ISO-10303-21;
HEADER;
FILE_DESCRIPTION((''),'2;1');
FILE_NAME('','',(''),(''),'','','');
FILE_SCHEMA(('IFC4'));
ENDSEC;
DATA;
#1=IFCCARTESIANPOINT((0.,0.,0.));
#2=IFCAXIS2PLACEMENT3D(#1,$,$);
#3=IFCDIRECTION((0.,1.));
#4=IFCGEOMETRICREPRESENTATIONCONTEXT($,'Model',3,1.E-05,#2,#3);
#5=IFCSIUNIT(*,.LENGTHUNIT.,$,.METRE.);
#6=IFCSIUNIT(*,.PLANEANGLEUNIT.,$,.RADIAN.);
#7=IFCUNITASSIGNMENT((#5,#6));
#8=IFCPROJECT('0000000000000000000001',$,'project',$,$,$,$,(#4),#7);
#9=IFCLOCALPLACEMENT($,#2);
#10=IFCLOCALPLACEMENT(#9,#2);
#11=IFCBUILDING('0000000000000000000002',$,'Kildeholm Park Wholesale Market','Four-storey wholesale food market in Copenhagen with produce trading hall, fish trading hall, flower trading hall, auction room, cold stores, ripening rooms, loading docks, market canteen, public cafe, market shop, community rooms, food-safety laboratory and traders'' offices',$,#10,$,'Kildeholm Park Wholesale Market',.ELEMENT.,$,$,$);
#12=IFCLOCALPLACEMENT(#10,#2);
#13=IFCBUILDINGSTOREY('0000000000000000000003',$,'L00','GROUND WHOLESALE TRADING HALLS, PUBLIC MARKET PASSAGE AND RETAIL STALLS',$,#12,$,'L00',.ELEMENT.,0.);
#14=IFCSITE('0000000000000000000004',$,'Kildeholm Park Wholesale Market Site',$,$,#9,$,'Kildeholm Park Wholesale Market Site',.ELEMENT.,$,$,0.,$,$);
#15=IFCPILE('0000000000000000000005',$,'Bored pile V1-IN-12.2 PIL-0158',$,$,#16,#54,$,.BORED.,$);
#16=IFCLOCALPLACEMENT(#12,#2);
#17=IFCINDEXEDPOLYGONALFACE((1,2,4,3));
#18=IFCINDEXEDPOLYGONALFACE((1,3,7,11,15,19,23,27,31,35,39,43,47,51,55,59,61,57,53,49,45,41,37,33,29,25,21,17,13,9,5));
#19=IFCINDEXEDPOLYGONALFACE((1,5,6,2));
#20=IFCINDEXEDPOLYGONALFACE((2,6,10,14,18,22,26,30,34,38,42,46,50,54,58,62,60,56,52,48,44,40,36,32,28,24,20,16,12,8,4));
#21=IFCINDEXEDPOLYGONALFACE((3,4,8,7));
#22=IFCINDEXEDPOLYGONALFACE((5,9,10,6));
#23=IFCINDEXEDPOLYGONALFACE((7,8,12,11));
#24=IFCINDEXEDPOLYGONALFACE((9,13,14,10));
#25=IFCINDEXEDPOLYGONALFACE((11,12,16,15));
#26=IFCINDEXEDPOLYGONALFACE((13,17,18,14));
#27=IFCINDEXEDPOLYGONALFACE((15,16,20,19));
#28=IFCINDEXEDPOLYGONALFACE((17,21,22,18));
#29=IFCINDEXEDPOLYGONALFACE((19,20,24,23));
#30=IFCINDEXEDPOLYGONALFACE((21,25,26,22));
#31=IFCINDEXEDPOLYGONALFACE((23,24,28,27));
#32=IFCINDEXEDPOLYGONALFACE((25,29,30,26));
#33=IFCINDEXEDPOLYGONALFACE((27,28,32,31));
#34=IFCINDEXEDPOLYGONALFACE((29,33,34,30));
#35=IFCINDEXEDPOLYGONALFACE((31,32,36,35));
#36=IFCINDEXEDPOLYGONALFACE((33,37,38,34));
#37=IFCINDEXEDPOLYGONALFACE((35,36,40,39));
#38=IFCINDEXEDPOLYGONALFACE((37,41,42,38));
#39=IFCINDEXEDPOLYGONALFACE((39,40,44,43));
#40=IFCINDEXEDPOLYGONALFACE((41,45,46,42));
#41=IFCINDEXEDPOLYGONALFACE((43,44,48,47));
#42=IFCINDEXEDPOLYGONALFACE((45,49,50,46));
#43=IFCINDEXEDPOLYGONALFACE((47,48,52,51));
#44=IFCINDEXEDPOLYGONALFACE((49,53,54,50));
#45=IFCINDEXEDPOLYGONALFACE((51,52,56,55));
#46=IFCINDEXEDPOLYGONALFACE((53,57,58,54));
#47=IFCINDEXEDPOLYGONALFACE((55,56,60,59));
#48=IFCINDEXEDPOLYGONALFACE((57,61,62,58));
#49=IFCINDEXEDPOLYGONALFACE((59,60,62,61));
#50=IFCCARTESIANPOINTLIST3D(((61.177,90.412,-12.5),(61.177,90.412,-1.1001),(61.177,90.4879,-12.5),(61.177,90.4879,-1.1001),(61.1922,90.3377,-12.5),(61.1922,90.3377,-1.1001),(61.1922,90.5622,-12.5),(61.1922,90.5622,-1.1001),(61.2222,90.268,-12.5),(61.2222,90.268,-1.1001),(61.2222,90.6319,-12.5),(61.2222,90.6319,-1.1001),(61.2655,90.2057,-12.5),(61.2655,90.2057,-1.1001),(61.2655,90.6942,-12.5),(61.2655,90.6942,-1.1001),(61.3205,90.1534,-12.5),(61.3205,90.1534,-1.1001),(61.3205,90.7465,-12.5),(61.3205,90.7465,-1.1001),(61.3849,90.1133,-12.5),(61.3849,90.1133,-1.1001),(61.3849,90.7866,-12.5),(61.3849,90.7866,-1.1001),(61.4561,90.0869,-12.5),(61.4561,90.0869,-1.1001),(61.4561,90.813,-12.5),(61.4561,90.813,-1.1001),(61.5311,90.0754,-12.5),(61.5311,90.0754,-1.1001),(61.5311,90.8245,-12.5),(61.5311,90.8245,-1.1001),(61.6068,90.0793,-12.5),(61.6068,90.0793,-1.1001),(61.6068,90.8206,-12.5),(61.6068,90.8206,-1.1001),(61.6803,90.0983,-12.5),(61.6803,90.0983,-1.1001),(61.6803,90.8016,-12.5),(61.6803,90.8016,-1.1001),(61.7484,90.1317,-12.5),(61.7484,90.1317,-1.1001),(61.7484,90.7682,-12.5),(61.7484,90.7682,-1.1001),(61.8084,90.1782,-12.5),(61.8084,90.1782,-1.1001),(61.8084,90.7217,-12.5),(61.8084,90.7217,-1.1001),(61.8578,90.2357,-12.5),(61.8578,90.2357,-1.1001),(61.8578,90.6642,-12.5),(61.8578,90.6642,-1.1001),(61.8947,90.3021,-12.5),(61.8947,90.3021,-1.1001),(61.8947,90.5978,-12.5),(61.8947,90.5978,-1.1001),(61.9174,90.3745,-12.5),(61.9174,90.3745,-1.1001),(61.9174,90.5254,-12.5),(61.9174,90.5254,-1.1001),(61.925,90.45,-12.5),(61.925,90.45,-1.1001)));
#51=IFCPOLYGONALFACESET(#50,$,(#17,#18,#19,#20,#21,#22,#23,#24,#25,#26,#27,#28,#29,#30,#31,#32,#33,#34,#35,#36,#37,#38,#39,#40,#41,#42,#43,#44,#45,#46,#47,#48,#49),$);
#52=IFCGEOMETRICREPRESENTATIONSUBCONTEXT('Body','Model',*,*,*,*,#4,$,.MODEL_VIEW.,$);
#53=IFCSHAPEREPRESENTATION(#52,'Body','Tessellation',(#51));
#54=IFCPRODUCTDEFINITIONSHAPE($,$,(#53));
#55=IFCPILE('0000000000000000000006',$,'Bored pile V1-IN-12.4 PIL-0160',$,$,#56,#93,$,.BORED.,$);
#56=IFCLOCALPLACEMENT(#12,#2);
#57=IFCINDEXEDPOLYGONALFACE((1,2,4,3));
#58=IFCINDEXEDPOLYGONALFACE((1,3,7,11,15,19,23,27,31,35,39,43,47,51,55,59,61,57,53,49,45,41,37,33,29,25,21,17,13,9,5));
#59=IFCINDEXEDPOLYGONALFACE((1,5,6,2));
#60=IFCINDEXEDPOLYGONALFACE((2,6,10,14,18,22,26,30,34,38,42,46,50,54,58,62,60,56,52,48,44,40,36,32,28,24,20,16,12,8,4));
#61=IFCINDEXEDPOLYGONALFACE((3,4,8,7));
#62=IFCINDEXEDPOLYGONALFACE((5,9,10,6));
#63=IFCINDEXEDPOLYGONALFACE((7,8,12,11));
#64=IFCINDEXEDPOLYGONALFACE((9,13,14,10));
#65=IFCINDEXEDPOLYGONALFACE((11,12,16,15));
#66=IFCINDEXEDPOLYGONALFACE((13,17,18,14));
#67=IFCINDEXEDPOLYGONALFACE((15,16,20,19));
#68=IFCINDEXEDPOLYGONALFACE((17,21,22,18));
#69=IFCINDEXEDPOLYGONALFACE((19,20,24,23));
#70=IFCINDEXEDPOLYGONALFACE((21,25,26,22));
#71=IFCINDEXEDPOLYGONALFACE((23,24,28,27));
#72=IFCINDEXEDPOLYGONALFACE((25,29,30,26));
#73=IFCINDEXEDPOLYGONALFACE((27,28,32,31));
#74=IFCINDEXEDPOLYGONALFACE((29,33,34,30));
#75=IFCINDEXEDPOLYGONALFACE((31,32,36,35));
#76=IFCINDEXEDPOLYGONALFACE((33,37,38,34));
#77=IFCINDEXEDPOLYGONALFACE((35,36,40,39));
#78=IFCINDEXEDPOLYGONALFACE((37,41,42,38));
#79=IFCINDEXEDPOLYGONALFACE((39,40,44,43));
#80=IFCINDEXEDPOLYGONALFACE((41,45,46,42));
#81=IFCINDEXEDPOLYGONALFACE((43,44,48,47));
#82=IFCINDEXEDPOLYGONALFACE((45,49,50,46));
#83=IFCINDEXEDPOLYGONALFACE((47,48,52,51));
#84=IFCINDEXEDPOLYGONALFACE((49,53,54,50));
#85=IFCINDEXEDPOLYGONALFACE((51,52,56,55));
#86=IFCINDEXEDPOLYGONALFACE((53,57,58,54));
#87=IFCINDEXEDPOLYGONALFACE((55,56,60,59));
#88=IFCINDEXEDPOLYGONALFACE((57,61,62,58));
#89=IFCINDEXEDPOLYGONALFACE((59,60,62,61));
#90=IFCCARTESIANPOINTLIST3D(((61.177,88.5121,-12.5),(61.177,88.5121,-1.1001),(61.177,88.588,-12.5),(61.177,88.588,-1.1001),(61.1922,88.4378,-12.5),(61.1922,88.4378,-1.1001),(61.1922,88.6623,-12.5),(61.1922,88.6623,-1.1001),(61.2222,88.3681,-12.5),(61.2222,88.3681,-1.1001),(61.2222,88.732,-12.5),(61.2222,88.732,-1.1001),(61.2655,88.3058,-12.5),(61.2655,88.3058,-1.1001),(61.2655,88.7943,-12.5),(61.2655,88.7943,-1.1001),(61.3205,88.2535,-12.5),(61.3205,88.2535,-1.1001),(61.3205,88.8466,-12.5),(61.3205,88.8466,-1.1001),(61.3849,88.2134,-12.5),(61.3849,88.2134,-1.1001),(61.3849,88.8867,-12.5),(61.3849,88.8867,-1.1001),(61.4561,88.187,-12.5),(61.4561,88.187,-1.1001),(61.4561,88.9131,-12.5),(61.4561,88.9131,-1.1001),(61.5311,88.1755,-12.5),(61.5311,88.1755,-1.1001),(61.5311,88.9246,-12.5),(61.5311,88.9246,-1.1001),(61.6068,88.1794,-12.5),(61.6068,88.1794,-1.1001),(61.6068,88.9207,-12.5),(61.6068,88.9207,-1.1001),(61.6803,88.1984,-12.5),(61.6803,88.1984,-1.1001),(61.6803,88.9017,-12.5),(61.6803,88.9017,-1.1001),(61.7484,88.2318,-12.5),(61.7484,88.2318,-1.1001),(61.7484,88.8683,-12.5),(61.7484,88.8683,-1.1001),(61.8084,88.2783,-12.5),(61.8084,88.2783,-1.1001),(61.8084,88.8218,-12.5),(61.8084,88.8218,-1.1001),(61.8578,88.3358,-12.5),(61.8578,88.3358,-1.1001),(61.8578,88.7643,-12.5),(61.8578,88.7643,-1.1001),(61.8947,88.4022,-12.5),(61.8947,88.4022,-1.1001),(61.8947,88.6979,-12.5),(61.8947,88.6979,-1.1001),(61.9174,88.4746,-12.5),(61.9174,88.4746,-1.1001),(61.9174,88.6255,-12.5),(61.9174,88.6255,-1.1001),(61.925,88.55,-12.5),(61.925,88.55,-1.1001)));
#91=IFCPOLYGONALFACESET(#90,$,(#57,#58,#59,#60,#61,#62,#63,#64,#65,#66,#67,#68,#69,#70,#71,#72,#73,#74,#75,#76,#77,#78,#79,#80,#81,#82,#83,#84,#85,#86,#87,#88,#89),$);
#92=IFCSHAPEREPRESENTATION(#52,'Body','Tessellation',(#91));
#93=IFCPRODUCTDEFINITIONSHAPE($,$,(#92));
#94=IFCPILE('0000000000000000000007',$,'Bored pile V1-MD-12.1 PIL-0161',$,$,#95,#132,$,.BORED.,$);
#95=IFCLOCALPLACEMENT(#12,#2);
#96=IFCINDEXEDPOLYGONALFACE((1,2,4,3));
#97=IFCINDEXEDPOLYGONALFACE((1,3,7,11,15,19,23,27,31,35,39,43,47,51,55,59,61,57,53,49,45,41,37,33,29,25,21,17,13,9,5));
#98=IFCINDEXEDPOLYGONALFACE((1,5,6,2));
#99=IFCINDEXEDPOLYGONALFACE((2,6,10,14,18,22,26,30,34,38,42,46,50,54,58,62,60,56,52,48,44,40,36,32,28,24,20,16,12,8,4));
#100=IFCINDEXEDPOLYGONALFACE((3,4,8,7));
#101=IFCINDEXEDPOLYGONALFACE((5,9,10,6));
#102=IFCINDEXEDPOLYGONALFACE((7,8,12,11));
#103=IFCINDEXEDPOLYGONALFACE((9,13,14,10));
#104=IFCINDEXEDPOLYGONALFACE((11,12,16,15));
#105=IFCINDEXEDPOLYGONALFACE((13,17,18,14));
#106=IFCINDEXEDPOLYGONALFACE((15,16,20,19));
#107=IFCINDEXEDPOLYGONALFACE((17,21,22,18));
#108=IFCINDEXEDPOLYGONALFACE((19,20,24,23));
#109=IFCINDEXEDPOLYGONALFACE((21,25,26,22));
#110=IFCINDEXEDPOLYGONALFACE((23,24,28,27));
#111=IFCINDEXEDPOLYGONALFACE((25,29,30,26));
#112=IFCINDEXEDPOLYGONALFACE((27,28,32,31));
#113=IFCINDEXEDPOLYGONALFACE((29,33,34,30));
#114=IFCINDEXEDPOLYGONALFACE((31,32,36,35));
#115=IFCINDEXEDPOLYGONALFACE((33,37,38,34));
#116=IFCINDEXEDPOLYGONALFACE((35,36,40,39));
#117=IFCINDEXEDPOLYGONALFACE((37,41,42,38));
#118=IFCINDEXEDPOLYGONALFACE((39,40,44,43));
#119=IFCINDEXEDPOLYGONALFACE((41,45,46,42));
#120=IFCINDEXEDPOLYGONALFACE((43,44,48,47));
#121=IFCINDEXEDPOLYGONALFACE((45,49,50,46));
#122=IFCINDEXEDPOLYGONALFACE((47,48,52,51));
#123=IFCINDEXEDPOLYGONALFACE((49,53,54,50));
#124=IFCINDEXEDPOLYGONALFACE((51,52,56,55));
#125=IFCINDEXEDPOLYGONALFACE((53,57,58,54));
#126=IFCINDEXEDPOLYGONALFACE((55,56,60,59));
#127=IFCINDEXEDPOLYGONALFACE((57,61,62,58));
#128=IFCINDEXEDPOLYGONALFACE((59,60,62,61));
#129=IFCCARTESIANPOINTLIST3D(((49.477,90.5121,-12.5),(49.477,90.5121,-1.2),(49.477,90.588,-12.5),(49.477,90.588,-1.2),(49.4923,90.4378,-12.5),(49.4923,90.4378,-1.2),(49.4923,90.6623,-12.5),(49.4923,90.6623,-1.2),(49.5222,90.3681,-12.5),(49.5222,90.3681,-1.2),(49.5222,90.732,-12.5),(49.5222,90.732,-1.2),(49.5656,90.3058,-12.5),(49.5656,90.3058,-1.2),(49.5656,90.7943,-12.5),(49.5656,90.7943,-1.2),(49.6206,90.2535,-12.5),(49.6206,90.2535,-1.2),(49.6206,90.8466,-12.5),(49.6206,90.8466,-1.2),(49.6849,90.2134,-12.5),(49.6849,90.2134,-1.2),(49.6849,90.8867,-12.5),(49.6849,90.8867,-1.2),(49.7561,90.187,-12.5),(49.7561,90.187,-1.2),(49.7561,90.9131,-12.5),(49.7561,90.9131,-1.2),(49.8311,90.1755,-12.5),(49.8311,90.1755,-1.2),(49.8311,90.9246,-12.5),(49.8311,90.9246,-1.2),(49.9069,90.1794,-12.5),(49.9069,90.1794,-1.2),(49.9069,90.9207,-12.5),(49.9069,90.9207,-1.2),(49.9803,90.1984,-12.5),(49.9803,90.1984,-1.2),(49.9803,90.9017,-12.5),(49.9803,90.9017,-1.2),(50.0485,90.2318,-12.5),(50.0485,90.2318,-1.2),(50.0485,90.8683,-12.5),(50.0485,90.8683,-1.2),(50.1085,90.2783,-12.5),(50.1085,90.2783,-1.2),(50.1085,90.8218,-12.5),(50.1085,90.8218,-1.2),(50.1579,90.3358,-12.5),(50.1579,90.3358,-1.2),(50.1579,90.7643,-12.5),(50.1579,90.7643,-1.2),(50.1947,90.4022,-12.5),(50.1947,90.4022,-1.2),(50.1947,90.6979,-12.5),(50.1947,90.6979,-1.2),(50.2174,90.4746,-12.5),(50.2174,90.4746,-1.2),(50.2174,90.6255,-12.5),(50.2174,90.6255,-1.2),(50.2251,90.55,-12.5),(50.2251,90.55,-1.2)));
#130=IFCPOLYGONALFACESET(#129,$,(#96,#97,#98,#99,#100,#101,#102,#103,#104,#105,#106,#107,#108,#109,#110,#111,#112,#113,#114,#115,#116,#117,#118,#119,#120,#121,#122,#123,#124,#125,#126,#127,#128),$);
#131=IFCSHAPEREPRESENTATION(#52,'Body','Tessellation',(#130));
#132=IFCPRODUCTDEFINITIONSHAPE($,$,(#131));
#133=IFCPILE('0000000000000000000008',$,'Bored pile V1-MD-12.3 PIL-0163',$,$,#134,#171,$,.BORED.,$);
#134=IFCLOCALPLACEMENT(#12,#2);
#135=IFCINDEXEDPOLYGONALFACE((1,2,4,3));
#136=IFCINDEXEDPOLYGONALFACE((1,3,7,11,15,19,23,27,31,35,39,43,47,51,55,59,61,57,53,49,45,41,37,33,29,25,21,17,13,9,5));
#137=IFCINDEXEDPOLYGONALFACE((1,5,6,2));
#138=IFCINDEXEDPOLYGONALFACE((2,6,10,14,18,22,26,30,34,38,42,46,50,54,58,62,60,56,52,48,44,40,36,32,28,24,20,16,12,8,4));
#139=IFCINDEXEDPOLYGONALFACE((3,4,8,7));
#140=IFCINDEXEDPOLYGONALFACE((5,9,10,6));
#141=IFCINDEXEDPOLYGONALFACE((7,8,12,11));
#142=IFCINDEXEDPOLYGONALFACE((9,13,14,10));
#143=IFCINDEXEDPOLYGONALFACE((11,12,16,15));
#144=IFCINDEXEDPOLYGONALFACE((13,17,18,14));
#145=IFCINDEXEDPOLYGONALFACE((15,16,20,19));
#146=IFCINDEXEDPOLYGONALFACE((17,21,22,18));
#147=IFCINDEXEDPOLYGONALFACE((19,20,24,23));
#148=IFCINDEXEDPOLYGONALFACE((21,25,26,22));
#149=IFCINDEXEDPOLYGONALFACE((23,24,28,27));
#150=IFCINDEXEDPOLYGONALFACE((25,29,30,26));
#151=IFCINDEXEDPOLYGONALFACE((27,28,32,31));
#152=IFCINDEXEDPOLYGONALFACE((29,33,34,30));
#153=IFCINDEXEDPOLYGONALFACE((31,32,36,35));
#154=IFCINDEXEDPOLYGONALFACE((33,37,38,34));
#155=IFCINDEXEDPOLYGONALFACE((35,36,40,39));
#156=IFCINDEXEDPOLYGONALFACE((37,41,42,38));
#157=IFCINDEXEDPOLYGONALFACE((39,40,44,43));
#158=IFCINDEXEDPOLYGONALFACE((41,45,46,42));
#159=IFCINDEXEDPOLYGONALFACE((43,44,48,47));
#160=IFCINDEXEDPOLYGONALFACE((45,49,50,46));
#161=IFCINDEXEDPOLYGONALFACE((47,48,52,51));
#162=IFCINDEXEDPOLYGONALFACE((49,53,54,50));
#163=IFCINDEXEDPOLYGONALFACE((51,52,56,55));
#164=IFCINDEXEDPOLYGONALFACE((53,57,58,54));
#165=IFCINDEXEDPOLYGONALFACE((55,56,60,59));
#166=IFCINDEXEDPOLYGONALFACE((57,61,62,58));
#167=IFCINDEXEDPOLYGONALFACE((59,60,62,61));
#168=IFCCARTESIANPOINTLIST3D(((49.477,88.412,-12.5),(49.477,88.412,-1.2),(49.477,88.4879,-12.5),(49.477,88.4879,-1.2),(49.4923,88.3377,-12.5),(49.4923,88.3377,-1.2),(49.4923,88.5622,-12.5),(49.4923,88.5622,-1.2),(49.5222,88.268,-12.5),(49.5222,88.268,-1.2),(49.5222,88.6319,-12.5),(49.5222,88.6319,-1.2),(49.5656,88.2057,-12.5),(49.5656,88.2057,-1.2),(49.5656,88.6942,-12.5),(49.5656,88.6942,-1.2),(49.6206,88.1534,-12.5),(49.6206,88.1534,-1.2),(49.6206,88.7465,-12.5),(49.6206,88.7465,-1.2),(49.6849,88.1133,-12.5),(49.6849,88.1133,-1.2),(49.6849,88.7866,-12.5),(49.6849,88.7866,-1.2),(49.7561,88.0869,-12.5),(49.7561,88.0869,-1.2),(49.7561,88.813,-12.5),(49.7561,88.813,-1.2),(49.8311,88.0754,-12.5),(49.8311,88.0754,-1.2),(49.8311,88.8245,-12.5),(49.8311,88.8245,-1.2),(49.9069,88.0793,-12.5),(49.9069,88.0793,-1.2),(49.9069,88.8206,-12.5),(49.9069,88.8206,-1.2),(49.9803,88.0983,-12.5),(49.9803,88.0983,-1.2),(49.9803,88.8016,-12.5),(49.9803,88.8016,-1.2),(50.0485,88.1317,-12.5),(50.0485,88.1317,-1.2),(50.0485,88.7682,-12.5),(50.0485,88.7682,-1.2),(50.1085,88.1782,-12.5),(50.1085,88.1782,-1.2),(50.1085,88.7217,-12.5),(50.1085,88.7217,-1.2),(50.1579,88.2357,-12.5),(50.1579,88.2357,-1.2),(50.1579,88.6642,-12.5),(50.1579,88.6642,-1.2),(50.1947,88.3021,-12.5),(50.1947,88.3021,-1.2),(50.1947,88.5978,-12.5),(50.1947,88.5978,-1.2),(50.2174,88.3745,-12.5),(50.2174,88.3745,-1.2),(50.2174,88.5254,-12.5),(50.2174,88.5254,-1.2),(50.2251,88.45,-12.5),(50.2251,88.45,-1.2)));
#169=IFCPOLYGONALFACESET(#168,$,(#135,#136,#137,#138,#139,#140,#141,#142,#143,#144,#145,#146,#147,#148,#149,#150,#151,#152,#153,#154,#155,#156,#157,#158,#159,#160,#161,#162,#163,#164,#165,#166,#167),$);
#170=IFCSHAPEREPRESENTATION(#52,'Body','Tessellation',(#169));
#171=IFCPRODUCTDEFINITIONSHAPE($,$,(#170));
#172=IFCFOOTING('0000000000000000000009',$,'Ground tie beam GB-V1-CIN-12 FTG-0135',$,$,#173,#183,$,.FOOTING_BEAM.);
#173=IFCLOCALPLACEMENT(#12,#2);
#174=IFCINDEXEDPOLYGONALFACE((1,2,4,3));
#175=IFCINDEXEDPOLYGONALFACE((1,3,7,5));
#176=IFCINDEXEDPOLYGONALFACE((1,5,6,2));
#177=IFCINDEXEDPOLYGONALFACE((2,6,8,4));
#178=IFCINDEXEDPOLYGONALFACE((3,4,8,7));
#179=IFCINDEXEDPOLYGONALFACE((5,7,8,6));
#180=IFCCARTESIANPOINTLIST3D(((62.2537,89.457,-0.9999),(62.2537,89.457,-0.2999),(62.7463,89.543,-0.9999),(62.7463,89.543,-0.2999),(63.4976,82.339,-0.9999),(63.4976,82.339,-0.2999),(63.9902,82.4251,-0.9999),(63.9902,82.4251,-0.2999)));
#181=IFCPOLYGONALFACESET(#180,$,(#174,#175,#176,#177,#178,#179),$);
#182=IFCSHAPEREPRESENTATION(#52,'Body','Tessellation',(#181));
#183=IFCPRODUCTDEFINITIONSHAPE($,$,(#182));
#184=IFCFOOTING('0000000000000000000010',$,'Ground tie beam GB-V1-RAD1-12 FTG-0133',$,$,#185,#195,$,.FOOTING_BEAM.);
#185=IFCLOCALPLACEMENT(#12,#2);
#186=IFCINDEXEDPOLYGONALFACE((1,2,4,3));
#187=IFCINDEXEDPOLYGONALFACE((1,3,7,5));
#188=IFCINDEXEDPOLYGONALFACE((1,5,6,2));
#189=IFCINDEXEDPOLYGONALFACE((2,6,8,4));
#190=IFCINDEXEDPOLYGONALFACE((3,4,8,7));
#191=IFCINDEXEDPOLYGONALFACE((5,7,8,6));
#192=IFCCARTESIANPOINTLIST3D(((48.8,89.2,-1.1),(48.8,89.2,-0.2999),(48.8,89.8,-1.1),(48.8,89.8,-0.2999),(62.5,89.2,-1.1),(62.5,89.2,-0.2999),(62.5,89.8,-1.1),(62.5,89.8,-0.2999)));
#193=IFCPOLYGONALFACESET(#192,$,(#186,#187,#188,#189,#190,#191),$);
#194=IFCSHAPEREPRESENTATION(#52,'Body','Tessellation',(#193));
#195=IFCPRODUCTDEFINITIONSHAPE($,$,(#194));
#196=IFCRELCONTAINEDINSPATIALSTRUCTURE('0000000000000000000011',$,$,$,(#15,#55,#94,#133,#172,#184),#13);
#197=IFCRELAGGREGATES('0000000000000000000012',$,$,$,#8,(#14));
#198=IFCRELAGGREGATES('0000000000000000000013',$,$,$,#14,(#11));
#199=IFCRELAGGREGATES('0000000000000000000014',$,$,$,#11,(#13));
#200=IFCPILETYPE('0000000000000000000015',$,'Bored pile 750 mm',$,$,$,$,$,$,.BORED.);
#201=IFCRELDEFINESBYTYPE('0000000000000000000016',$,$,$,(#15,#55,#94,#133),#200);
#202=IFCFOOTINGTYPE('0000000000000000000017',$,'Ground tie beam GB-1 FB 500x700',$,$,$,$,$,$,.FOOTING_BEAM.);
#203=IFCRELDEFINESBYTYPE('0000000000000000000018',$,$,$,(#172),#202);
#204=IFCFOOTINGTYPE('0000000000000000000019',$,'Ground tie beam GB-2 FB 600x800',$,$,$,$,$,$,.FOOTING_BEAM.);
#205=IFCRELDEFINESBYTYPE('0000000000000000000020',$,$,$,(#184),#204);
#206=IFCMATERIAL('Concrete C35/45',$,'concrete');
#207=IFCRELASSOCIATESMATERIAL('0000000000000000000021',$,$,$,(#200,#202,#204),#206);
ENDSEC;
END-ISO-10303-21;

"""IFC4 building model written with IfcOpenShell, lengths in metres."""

from ifc_helpers import new_model, si_unit, direction, frame, origin, origin_2d, place, context, subcontext, project, spatial, rectangle, circle, extrude, material, material_profile, profile_set, type_object, element, save


model = new_model("IFC4")

# Units and contexts
model_context = context("Model", 3, precision=1e-05, world=origin(), true_north=direction((0.0, 1.0)))
body_context = subcontext(model_context, "Body", "Model", "MODEL_VIEW")
ifc_project = project(units=[si_unit("LENGTHUNIT", "METRE"), si_unit("PLANEANGLEUNIT", "RADIAN")], contexts=[model_context])

# Site, building, storey
site_placement = place(None, origin())
site = spatial("IfcSite", under=ifc_project, at=site_placement, Name="Kildeholm Park Wholesale Market Site", LongName="Kildeholm Park Wholesale Market Site", CompositionType="ELEMENT", RefElevation=0.0)
building_placement = place(site_placement, origin())
building = spatial("IfcBuilding", under=site, at=building_placement, Name="Kildeholm Park Wholesale Market", Description="Four-storey wholesale food market in Copenhagen with produce trading hall, fish trading hall, flower trading hall, auction room, cold stores, ripening rooms, loading docks, market canteen, public cafe, market shop, community rooms, food-safety laboratory and traders' offices", LongName="Kildeholm Park Wholesale Market", CompositionType="ELEMENT")
storey_placement = place(building_placement, origin())
storey = spatial("IfcBuildingStorey", under=building, at=storey_placement, Name="L00", Description="GROUND WHOLESALE TRADING HALLS, PUBLIC MARKET PASSAGE AND RETAIL STALLS", LongName="L00", CompositionType="ELEMENT", Elevation=0.0)

# Piles
ifc_material_1 = material(Name="Concrete C35/45", Category="concrete")
ifc_material_profile_1 = material_profile(ifc_material_1, circle(Radius=0.375, at=origin_2d()), Name="PILE D750")
ifc_profile_set_1 = profile_set([ifc_material_profile_1], Name="Concrete C35/45")
pile_type = type_object("IfcPileType", Name="Bored pile 750 mm", PredefinedType="BORED", material=ifc_profile_set_1)
for number, where, z_axis, x_axis, name in (
    (1, (61.55, 90.45, -1.1001), (0.0, 0.0, -1.0), (1.0, 0.0, 0.0), "Bored pile V1-IN-12.2 PIL-0158"),
    (2, (61.55, 88.55, -1.1001), (0.0, 0.0, -1.0), (1.0, 0.0, 0.0), "Bored pile V1-IN-12.4 PIL-0160"),
):
    element("IfcPile", number, at=place(storey_placement, frame(where, z_axis=z_axis, x_axis=x_axis)), inside=storey, type_object=pile_type, Name=name, PredefinedType="BORED", context=body_context, shape_type="SweptSolid", body=[
        extrude(circle(Radius=0.375, at=origin_2d()), origin(), (0.0, 0.0, 1.0), 11.3999),
    ])
for number, where, z_axis, x_axis, name in (
    (3, (49.8501, 90.55, -1.2), (0.0, 0.0, -1.0), (1.0, 0.0, 0.0), "Bored pile V1-MD-12.1 PIL-0161"),
    (4, (49.8501, 88.45, -1.2), (0.0, 0.0, -1.0), (1.0, 0.0, 0.0), "Bored pile V1-MD-12.3 PIL-0163"),
):
    element("IfcPile", number, at=place(storey_placement, frame(where, z_axis=z_axis, x_axis=x_axis)), inside=storey, type_object=pile_type, Name=name, PredefinedType="BORED", context=body_context, shape_type="SweptSolid", body=[
        extrude(circle(Radius=0.375, at=origin_2d()), origin(), (0.0, 0.0, 1.0), 11.3),
    ])

# Footings
ifc_material_profile_2 = material_profile(ifc_material_1, rectangle(XDim=0.5, YDim=0.7, at=origin_2d()), Name="FB 500x700")
ifc_profile_set_2 = profile_set([ifc_material_profile_2], Name="Concrete C35/45")
footing_type_1 = type_object("IfcFootingType", Name="Ground tie beam GB-1 FB 500x700", PredefinedType="FOOTING_BEAM", material=ifc_profile_set_2)
footing_1_placement = place(storey_placement, frame((62.5, 89.5, -0.6499), z_axis=(0.172147, -0.985071, 0.0), x_axis=(0.985071, 0.172147, 0.0)))
element("IfcFooting", 5, at=footing_1_placement, inside=storey, type_object=footing_type_1, Name="Ground tie beam GB-V1-CIN-12 FTG-0135", PredefinedType="FOOTING_BEAM", context=body_context, shape_type="SweptSolid", body=[
    extrude(rectangle(XDim=0.5, YDim=0.7, at=origin_2d()), origin(), (0.0, 0.0, 1.0), 7.2258),
])
ifc_material_profile_3 = material_profile(ifc_material_1, rectangle(XDim=0.6001, YDim=0.8, at=origin_2d()), Name="FB 600x800")
ifc_profile_set_3 = profile_set([ifc_material_profile_3], Name="Concrete C35/45")
footing_type_2 = type_object("IfcFootingType", Name="Ground tie beam GB-2 FB 600x800", PredefinedType="FOOTING_BEAM", material=ifc_profile_set_3)
footing_2_placement = place(storey_placement, frame((62.5, 89.5, -0.7), z_axis=(-1.0, 0.0, 0.0), x_axis=(0.0, -1.0, 0.0)))
element("IfcFooting", 6, at=footing_2_placement, inside=storey, type_object=footing_type_2, Name="Ground tie beam GB-V1-RAD1-12 FTG-0133", PredefinedType="FOOTING_BEAM", context=body_context, shape_type="SweptSolid", body=[
    extrude(rectangle(XDim=0.6001, YDim=0.8, at=origin_2d()), origin(), (0.0, 0.0, 1.0), 13.7),
])

save(model, "model.ifc")
